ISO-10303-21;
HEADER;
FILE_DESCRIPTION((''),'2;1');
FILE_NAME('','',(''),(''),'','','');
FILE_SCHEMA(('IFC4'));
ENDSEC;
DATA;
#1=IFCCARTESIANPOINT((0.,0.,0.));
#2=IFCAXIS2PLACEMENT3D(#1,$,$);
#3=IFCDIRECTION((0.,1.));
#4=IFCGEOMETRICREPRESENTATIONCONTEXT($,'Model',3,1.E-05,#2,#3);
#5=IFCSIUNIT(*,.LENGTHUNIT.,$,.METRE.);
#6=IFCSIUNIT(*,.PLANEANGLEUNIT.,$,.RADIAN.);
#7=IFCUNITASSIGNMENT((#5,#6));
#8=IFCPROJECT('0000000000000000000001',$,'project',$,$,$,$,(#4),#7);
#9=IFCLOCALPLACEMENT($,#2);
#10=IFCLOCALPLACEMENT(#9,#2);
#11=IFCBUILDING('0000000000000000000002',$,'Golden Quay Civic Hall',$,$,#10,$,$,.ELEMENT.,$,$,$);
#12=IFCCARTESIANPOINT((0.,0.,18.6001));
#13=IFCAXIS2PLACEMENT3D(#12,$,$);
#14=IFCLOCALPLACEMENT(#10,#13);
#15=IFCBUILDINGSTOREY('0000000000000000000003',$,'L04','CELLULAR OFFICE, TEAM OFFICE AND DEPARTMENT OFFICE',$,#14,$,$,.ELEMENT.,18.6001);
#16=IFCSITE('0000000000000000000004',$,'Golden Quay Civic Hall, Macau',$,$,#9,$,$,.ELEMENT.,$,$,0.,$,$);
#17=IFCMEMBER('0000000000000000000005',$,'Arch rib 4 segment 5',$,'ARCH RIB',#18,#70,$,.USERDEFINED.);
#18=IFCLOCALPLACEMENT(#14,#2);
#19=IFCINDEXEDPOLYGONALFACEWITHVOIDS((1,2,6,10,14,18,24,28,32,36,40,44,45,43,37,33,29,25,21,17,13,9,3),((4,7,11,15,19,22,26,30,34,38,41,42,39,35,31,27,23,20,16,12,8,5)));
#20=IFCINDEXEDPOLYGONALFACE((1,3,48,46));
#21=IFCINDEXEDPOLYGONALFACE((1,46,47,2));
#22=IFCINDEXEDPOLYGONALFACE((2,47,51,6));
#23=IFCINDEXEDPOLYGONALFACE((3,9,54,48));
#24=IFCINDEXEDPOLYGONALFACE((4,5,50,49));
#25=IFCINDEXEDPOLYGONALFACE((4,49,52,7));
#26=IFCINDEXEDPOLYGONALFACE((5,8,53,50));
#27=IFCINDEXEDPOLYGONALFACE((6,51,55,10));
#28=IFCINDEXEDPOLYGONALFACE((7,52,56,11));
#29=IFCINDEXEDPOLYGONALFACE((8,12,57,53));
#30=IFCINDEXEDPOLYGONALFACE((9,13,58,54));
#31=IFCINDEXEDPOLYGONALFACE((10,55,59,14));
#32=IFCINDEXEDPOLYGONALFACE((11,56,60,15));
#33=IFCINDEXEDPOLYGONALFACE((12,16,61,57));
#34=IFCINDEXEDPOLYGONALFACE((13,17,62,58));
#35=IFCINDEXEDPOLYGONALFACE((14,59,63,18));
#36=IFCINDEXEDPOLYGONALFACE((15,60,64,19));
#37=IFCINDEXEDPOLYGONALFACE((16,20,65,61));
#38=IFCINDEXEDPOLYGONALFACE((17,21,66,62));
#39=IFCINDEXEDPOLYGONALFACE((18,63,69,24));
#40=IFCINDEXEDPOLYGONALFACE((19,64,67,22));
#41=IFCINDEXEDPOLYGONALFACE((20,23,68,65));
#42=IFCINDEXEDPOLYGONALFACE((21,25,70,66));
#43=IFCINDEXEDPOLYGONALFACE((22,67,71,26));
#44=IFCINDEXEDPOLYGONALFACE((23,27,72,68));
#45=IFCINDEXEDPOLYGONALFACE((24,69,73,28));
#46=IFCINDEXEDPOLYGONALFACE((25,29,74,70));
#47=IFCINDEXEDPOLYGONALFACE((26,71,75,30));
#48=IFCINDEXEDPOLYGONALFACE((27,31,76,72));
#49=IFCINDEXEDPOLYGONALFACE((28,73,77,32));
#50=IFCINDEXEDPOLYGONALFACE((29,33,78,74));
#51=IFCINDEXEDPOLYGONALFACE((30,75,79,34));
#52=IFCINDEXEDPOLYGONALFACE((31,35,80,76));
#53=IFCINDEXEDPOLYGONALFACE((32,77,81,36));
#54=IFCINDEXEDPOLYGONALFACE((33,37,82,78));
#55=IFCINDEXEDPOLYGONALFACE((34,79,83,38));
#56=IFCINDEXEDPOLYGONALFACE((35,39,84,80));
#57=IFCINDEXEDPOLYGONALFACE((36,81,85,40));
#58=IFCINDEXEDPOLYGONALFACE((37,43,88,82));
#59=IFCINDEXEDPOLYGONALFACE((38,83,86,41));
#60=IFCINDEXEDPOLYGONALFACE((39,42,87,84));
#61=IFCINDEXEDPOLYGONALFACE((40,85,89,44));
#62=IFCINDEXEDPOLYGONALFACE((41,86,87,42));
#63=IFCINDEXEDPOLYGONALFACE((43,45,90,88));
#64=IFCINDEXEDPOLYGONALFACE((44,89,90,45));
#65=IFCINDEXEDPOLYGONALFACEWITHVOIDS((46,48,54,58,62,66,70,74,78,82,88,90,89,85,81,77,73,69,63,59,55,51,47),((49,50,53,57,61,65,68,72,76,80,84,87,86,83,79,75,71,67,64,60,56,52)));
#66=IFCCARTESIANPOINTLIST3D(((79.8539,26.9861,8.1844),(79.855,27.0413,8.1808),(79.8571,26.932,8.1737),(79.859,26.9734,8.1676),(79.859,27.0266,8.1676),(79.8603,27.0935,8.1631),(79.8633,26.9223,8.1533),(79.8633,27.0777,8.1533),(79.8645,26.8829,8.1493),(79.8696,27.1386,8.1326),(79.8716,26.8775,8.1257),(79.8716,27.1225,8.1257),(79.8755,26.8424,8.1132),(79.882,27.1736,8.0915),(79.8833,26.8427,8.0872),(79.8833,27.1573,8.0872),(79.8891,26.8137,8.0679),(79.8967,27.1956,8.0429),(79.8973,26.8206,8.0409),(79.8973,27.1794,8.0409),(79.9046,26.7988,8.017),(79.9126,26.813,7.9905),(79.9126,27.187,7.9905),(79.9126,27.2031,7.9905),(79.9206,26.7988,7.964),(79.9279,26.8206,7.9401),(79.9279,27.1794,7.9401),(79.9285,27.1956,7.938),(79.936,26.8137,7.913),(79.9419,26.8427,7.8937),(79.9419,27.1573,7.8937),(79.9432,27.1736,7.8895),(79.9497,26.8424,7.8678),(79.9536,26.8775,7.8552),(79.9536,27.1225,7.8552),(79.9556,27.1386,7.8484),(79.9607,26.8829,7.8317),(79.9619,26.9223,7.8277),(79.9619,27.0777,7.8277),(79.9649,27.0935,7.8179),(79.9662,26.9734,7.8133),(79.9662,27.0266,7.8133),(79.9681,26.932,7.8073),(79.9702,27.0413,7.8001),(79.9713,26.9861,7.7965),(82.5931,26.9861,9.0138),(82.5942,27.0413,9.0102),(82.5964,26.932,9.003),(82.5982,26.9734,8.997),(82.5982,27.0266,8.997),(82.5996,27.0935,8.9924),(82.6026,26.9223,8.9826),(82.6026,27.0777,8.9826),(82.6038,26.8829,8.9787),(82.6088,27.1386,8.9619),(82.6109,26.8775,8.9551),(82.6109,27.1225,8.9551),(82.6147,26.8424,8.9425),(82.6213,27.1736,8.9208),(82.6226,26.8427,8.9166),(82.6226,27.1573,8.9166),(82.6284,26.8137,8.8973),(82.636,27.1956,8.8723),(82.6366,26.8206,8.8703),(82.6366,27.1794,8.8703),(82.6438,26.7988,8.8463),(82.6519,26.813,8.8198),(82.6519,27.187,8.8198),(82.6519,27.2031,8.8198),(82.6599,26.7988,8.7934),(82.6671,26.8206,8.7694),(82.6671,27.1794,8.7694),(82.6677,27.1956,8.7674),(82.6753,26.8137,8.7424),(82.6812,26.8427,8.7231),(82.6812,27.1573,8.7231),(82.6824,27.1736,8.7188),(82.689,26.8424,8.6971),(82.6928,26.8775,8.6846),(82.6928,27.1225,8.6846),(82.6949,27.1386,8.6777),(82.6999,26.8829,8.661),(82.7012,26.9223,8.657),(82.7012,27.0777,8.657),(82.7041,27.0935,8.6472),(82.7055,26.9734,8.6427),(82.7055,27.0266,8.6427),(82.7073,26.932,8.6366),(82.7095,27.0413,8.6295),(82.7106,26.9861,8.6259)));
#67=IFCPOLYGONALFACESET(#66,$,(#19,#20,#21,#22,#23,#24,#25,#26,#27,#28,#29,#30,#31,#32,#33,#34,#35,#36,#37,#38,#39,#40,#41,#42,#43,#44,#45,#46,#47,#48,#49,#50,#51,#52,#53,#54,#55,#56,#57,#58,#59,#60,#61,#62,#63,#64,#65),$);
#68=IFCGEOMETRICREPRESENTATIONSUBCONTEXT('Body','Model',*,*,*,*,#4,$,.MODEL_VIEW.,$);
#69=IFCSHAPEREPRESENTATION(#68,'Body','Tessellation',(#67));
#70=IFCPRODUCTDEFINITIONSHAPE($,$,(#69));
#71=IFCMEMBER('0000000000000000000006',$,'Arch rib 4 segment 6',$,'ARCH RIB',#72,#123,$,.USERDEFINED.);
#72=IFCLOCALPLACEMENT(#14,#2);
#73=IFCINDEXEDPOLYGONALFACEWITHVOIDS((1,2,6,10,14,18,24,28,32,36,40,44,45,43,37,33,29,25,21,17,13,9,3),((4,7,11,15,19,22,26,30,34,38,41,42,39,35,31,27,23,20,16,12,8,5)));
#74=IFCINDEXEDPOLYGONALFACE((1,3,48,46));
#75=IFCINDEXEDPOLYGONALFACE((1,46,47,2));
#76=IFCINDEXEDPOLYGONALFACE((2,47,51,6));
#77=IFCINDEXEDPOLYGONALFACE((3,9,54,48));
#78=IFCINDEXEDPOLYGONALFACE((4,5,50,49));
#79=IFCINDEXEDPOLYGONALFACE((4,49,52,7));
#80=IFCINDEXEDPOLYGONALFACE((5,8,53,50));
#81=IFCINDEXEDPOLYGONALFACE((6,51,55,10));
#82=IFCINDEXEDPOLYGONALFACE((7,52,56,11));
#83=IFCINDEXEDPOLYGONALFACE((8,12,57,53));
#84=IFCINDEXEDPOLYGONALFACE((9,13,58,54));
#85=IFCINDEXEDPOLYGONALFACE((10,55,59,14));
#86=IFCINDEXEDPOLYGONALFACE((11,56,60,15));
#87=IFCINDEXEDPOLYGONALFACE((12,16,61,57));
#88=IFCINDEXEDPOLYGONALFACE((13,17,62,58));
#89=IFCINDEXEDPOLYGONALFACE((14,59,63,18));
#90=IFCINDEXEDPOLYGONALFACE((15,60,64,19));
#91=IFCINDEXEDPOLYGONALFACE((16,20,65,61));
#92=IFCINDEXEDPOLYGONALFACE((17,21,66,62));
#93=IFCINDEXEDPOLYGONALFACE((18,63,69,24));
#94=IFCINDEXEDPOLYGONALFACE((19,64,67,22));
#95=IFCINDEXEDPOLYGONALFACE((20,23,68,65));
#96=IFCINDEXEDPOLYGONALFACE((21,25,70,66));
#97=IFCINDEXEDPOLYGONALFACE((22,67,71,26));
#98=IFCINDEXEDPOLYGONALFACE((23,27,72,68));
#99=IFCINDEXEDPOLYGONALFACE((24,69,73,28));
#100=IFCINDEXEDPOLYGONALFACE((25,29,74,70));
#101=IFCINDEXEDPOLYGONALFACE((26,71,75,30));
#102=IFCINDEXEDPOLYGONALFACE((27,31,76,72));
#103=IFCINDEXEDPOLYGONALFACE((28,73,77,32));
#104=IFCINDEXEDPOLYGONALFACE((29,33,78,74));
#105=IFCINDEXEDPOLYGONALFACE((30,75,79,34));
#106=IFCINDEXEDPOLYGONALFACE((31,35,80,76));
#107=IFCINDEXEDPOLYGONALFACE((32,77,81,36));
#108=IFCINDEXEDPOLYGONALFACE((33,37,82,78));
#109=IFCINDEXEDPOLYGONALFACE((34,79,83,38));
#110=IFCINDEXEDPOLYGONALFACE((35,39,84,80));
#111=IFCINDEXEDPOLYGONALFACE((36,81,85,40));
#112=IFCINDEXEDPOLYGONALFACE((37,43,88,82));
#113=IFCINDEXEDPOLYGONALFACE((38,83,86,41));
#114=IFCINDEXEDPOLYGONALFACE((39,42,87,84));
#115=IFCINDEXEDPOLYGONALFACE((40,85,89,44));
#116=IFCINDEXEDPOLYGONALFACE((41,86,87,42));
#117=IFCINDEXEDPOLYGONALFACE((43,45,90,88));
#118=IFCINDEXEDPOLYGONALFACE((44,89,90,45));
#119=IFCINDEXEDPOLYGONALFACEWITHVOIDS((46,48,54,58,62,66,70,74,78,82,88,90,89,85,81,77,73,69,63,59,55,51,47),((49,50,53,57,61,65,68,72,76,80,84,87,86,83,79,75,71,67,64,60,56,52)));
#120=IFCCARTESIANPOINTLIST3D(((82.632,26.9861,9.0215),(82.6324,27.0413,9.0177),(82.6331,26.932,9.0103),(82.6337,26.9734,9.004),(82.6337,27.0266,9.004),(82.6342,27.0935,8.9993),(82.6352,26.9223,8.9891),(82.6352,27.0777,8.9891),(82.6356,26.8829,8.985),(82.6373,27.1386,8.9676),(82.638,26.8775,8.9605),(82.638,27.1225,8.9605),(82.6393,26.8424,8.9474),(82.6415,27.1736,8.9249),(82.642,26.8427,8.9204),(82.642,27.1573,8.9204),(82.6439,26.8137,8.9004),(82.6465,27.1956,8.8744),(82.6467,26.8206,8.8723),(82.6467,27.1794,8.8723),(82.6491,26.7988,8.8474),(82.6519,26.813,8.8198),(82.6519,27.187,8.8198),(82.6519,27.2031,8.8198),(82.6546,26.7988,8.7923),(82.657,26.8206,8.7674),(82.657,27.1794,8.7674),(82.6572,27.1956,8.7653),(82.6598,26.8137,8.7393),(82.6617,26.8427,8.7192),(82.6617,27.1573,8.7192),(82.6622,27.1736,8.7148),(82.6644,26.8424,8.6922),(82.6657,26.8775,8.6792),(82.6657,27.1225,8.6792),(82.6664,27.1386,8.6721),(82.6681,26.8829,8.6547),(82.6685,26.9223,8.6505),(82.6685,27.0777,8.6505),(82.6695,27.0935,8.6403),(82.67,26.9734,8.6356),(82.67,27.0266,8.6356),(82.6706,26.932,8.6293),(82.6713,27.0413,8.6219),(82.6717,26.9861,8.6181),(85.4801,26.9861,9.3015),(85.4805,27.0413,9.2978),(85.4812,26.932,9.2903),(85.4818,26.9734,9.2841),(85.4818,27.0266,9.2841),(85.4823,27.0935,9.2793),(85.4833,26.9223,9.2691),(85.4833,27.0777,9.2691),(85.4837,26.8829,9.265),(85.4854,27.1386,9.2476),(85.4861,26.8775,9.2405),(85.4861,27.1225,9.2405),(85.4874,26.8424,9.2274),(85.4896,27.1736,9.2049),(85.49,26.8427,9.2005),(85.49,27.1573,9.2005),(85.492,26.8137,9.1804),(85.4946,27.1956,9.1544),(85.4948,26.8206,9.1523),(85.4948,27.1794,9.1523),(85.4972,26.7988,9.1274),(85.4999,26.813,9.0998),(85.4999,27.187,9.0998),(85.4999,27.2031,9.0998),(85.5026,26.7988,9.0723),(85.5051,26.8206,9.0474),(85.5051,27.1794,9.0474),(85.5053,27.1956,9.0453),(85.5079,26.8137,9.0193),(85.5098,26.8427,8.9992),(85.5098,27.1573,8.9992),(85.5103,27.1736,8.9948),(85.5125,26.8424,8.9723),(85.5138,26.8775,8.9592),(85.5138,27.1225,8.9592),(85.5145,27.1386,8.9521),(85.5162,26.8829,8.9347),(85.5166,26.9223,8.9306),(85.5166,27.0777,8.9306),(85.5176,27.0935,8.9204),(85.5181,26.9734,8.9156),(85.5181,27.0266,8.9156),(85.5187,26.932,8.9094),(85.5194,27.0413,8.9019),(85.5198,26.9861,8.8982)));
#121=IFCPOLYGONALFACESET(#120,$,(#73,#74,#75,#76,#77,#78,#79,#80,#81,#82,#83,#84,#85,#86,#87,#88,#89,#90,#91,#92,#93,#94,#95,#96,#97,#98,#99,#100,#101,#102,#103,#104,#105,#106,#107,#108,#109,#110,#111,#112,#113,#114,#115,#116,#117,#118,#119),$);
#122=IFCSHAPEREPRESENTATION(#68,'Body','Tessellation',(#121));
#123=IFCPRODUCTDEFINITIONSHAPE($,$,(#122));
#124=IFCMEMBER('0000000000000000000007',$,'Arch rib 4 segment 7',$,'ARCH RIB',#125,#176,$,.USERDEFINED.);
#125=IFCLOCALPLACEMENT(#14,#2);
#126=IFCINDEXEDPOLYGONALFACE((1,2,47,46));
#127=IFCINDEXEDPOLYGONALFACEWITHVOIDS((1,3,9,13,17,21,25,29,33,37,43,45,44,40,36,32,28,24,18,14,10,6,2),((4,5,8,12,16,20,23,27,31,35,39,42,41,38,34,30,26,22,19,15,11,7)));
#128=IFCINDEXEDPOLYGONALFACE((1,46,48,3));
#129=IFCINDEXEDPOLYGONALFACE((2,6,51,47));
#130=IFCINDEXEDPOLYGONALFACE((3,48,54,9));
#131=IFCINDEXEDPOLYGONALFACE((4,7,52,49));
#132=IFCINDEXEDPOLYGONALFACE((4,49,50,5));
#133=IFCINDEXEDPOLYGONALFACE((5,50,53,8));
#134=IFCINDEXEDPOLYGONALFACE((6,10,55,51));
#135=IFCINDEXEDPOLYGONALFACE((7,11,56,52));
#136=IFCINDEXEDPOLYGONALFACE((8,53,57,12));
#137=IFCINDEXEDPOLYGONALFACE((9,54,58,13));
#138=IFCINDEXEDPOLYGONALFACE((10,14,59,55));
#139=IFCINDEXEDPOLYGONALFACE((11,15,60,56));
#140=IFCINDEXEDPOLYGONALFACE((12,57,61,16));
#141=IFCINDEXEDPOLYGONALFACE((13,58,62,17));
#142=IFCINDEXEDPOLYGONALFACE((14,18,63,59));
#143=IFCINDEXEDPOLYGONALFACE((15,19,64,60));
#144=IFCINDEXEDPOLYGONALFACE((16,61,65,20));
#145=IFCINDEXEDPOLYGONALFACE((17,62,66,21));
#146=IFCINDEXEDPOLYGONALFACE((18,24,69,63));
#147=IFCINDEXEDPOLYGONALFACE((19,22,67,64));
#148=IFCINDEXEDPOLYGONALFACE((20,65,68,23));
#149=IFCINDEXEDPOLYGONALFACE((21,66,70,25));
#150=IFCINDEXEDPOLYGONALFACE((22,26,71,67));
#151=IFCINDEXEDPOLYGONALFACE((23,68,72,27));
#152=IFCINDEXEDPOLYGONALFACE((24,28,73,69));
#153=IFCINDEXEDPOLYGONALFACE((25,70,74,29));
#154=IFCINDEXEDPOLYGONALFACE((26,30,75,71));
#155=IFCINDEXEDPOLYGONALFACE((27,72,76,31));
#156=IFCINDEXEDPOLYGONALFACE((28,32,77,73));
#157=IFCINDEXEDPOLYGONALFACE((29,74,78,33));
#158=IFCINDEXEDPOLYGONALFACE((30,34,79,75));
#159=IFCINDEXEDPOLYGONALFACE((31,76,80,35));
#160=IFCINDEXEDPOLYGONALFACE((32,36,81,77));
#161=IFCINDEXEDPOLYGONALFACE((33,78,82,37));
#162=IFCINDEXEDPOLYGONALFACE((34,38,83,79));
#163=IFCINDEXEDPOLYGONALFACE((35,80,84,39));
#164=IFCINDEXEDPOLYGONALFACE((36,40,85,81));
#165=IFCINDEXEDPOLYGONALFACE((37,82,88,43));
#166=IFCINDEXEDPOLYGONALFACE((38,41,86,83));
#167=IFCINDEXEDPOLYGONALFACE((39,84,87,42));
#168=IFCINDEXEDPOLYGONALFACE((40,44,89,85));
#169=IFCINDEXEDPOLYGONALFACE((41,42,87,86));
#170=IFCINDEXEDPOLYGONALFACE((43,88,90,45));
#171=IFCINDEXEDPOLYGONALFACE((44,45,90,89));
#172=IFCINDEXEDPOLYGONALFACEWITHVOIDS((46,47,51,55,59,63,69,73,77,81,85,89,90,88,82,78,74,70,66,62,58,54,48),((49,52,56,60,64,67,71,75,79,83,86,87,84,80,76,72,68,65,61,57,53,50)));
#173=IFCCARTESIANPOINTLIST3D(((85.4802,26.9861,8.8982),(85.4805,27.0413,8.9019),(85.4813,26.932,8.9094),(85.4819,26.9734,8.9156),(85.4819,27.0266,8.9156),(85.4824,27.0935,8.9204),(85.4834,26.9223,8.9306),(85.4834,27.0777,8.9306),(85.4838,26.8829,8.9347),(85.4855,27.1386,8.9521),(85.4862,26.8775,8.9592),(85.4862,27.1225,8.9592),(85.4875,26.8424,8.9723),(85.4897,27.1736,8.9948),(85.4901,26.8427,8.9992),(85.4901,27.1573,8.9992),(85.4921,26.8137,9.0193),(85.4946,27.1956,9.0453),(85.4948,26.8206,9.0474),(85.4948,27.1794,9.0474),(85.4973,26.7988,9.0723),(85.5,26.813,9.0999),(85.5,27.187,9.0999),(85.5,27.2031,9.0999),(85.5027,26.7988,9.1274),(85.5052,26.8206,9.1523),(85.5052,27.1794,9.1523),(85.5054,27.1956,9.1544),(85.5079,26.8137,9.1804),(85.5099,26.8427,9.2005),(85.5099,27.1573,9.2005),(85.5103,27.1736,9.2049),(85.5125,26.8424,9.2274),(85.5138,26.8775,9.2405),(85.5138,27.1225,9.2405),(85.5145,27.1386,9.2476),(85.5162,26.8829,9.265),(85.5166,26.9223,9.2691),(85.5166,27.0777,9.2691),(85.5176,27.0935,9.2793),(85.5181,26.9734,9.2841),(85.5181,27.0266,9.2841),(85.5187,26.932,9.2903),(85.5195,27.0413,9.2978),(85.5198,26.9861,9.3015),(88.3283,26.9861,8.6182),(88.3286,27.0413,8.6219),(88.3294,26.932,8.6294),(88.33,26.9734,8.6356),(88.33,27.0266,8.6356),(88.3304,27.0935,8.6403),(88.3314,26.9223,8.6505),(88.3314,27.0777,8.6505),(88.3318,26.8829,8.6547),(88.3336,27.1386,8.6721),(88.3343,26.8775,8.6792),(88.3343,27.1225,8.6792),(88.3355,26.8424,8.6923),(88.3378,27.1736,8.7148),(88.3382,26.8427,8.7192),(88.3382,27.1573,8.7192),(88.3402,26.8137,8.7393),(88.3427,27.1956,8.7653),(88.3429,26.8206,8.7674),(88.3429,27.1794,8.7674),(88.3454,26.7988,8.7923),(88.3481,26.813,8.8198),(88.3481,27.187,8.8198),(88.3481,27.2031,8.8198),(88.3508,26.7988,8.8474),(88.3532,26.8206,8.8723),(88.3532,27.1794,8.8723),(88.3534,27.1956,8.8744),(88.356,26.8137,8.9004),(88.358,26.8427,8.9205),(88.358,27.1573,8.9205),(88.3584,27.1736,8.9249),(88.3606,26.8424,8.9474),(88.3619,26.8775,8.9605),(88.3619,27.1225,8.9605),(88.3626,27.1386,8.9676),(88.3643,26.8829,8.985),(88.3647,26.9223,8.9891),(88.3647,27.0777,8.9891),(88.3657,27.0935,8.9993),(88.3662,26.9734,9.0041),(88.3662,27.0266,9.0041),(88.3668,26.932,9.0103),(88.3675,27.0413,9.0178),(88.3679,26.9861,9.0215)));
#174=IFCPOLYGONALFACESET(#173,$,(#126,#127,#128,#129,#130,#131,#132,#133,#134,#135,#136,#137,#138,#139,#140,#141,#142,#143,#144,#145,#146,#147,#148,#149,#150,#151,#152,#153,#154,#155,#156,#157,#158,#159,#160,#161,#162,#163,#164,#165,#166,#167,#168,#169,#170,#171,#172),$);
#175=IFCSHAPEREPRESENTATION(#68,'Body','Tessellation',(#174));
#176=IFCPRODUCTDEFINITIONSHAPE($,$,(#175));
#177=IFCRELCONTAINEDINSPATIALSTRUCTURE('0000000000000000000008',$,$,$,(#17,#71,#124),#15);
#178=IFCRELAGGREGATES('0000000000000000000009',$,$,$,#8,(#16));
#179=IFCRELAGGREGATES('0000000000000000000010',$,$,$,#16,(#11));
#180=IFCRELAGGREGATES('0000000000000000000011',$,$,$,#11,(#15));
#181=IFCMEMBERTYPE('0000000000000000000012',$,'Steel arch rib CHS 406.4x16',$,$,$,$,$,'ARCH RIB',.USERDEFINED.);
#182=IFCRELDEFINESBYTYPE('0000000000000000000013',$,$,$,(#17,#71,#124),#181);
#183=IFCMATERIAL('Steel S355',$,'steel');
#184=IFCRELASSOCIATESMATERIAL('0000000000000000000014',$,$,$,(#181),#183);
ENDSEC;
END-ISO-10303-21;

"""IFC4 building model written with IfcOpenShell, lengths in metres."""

from ifc_helpers import new_model, si_unit, direction, frame, origin, origin_2d, place, context, subcontext, project, spatial, hollow_circle, extrude, material, material_profile, profile_set, type_object, element, save


model = new_model("IFC4")

# Units and contexts
model_context = context("Model", 3, precision=1e-05, world=origin(), true_north=direction((0.0, 1.0)))
body_context = subcontext(model_context, "Body", "Model", "MODEL_VIEW")
ifc_project = project(units=[si_unit("LENGTHUNIT", "METRE"), si_unit("PLANEANGLEUNIT", "RADIAN")], contexts=[model_context])

# Site, building, storey
site_placement = place(None, origin())
site = spatial("IfcSite", under=ifc_project, at=site_placement, Name="Golden Quay Civic Hall, Macau", CompositionType="ELEMENT", RefElevation=0.0)
building_placement = place(site_placement, origin())
building = spatial("IfcBuilding", under=site, at=building_placement, Name="Golden Quay Civic Hall", CompositionType="ELEMENT")
storey_placement = place(building_placement, frame((0.0, 0.0, 18.6001)))
storey = spatial("IfcBuildingStorey", under=building, at=storey_placement, Name="L04", Description="CELLULAR OFFICE, TEAM OFFICE AND DEPARTMENT OFFICE", CompositionType="ELEMENT", Elevation=18.6001)

# Members
ifc_material_1 = material(Name="Steel S355", Category="steel")
ifc_material_profile_1 = material_profile(ifc_material_1, hollow_circle(Radius=0.2031, WallThickness=0.0161, at=origin_2d()), Name="CHS 406.4x16")
ifc_profile_set_1 = profile_set([ifc_material_profile_1], Name="Steel S355")
member_type_1 = type_object("IfcMemberType", Name="Steel arch rib CHS 406.4x16", ElementType="ARCH RIB", PredefinedType="USERDEFINED", material=ifc_profile_set_1)
member_1_placement = place(storey_placement, frame((79.9126, 27.0, 7.9905), z_axis=(0.957095, 0.0, 0.289773), x_axis=(0.0, 1.0, 0.0)))
element("IfcMember", 1, at=member_1_placement, inside=storey, type_object=member_type_1, Name="Arch rib 4 segment 5", ObjectType="ARCH RIB", PredefinedType="USERDEFINED", context=body_context, shape_type="SweptSolid", body=[
    extrude(hollow_circle(Radius=0.2031, WallThickness=0.0161, at=origin_2d()), origin(), (0.0, 0.0, 1.0), 2.8621),
])
for number, where, z_axis, x_axis, name in (
    (2, (82.6519, 27.0, 8.8198), (0.995201, 0.0, 0.097848), (0.0, 1.0, 0.0), "Arch rib 4 segment 6"),
    (3, (85.5, 27.0, 9.0999), (0.995201, 0.0, -0.097848), (0.0, 1.0, 0.0), "Arch rib 4 segment 7"),
):
    element("IfcMember", number, at=place(storey_placement, frame(where, z_axis=z_axis, x_axis=x_axis)), inside=storey, type_object=member_type_1, Name=name, ObjectType="ARCH RIB", PredefinedType="USERDEFINED", context=body_context, shape_type="SweptSolid", body=[
        extrude(hollow_circle(Radius=0.2031, WallThickness=0.0161, at=origin_2d()), origin(), (0.0, 0.0, 1.0), 2.8618),
    ])

save(model, "model.ifc")
